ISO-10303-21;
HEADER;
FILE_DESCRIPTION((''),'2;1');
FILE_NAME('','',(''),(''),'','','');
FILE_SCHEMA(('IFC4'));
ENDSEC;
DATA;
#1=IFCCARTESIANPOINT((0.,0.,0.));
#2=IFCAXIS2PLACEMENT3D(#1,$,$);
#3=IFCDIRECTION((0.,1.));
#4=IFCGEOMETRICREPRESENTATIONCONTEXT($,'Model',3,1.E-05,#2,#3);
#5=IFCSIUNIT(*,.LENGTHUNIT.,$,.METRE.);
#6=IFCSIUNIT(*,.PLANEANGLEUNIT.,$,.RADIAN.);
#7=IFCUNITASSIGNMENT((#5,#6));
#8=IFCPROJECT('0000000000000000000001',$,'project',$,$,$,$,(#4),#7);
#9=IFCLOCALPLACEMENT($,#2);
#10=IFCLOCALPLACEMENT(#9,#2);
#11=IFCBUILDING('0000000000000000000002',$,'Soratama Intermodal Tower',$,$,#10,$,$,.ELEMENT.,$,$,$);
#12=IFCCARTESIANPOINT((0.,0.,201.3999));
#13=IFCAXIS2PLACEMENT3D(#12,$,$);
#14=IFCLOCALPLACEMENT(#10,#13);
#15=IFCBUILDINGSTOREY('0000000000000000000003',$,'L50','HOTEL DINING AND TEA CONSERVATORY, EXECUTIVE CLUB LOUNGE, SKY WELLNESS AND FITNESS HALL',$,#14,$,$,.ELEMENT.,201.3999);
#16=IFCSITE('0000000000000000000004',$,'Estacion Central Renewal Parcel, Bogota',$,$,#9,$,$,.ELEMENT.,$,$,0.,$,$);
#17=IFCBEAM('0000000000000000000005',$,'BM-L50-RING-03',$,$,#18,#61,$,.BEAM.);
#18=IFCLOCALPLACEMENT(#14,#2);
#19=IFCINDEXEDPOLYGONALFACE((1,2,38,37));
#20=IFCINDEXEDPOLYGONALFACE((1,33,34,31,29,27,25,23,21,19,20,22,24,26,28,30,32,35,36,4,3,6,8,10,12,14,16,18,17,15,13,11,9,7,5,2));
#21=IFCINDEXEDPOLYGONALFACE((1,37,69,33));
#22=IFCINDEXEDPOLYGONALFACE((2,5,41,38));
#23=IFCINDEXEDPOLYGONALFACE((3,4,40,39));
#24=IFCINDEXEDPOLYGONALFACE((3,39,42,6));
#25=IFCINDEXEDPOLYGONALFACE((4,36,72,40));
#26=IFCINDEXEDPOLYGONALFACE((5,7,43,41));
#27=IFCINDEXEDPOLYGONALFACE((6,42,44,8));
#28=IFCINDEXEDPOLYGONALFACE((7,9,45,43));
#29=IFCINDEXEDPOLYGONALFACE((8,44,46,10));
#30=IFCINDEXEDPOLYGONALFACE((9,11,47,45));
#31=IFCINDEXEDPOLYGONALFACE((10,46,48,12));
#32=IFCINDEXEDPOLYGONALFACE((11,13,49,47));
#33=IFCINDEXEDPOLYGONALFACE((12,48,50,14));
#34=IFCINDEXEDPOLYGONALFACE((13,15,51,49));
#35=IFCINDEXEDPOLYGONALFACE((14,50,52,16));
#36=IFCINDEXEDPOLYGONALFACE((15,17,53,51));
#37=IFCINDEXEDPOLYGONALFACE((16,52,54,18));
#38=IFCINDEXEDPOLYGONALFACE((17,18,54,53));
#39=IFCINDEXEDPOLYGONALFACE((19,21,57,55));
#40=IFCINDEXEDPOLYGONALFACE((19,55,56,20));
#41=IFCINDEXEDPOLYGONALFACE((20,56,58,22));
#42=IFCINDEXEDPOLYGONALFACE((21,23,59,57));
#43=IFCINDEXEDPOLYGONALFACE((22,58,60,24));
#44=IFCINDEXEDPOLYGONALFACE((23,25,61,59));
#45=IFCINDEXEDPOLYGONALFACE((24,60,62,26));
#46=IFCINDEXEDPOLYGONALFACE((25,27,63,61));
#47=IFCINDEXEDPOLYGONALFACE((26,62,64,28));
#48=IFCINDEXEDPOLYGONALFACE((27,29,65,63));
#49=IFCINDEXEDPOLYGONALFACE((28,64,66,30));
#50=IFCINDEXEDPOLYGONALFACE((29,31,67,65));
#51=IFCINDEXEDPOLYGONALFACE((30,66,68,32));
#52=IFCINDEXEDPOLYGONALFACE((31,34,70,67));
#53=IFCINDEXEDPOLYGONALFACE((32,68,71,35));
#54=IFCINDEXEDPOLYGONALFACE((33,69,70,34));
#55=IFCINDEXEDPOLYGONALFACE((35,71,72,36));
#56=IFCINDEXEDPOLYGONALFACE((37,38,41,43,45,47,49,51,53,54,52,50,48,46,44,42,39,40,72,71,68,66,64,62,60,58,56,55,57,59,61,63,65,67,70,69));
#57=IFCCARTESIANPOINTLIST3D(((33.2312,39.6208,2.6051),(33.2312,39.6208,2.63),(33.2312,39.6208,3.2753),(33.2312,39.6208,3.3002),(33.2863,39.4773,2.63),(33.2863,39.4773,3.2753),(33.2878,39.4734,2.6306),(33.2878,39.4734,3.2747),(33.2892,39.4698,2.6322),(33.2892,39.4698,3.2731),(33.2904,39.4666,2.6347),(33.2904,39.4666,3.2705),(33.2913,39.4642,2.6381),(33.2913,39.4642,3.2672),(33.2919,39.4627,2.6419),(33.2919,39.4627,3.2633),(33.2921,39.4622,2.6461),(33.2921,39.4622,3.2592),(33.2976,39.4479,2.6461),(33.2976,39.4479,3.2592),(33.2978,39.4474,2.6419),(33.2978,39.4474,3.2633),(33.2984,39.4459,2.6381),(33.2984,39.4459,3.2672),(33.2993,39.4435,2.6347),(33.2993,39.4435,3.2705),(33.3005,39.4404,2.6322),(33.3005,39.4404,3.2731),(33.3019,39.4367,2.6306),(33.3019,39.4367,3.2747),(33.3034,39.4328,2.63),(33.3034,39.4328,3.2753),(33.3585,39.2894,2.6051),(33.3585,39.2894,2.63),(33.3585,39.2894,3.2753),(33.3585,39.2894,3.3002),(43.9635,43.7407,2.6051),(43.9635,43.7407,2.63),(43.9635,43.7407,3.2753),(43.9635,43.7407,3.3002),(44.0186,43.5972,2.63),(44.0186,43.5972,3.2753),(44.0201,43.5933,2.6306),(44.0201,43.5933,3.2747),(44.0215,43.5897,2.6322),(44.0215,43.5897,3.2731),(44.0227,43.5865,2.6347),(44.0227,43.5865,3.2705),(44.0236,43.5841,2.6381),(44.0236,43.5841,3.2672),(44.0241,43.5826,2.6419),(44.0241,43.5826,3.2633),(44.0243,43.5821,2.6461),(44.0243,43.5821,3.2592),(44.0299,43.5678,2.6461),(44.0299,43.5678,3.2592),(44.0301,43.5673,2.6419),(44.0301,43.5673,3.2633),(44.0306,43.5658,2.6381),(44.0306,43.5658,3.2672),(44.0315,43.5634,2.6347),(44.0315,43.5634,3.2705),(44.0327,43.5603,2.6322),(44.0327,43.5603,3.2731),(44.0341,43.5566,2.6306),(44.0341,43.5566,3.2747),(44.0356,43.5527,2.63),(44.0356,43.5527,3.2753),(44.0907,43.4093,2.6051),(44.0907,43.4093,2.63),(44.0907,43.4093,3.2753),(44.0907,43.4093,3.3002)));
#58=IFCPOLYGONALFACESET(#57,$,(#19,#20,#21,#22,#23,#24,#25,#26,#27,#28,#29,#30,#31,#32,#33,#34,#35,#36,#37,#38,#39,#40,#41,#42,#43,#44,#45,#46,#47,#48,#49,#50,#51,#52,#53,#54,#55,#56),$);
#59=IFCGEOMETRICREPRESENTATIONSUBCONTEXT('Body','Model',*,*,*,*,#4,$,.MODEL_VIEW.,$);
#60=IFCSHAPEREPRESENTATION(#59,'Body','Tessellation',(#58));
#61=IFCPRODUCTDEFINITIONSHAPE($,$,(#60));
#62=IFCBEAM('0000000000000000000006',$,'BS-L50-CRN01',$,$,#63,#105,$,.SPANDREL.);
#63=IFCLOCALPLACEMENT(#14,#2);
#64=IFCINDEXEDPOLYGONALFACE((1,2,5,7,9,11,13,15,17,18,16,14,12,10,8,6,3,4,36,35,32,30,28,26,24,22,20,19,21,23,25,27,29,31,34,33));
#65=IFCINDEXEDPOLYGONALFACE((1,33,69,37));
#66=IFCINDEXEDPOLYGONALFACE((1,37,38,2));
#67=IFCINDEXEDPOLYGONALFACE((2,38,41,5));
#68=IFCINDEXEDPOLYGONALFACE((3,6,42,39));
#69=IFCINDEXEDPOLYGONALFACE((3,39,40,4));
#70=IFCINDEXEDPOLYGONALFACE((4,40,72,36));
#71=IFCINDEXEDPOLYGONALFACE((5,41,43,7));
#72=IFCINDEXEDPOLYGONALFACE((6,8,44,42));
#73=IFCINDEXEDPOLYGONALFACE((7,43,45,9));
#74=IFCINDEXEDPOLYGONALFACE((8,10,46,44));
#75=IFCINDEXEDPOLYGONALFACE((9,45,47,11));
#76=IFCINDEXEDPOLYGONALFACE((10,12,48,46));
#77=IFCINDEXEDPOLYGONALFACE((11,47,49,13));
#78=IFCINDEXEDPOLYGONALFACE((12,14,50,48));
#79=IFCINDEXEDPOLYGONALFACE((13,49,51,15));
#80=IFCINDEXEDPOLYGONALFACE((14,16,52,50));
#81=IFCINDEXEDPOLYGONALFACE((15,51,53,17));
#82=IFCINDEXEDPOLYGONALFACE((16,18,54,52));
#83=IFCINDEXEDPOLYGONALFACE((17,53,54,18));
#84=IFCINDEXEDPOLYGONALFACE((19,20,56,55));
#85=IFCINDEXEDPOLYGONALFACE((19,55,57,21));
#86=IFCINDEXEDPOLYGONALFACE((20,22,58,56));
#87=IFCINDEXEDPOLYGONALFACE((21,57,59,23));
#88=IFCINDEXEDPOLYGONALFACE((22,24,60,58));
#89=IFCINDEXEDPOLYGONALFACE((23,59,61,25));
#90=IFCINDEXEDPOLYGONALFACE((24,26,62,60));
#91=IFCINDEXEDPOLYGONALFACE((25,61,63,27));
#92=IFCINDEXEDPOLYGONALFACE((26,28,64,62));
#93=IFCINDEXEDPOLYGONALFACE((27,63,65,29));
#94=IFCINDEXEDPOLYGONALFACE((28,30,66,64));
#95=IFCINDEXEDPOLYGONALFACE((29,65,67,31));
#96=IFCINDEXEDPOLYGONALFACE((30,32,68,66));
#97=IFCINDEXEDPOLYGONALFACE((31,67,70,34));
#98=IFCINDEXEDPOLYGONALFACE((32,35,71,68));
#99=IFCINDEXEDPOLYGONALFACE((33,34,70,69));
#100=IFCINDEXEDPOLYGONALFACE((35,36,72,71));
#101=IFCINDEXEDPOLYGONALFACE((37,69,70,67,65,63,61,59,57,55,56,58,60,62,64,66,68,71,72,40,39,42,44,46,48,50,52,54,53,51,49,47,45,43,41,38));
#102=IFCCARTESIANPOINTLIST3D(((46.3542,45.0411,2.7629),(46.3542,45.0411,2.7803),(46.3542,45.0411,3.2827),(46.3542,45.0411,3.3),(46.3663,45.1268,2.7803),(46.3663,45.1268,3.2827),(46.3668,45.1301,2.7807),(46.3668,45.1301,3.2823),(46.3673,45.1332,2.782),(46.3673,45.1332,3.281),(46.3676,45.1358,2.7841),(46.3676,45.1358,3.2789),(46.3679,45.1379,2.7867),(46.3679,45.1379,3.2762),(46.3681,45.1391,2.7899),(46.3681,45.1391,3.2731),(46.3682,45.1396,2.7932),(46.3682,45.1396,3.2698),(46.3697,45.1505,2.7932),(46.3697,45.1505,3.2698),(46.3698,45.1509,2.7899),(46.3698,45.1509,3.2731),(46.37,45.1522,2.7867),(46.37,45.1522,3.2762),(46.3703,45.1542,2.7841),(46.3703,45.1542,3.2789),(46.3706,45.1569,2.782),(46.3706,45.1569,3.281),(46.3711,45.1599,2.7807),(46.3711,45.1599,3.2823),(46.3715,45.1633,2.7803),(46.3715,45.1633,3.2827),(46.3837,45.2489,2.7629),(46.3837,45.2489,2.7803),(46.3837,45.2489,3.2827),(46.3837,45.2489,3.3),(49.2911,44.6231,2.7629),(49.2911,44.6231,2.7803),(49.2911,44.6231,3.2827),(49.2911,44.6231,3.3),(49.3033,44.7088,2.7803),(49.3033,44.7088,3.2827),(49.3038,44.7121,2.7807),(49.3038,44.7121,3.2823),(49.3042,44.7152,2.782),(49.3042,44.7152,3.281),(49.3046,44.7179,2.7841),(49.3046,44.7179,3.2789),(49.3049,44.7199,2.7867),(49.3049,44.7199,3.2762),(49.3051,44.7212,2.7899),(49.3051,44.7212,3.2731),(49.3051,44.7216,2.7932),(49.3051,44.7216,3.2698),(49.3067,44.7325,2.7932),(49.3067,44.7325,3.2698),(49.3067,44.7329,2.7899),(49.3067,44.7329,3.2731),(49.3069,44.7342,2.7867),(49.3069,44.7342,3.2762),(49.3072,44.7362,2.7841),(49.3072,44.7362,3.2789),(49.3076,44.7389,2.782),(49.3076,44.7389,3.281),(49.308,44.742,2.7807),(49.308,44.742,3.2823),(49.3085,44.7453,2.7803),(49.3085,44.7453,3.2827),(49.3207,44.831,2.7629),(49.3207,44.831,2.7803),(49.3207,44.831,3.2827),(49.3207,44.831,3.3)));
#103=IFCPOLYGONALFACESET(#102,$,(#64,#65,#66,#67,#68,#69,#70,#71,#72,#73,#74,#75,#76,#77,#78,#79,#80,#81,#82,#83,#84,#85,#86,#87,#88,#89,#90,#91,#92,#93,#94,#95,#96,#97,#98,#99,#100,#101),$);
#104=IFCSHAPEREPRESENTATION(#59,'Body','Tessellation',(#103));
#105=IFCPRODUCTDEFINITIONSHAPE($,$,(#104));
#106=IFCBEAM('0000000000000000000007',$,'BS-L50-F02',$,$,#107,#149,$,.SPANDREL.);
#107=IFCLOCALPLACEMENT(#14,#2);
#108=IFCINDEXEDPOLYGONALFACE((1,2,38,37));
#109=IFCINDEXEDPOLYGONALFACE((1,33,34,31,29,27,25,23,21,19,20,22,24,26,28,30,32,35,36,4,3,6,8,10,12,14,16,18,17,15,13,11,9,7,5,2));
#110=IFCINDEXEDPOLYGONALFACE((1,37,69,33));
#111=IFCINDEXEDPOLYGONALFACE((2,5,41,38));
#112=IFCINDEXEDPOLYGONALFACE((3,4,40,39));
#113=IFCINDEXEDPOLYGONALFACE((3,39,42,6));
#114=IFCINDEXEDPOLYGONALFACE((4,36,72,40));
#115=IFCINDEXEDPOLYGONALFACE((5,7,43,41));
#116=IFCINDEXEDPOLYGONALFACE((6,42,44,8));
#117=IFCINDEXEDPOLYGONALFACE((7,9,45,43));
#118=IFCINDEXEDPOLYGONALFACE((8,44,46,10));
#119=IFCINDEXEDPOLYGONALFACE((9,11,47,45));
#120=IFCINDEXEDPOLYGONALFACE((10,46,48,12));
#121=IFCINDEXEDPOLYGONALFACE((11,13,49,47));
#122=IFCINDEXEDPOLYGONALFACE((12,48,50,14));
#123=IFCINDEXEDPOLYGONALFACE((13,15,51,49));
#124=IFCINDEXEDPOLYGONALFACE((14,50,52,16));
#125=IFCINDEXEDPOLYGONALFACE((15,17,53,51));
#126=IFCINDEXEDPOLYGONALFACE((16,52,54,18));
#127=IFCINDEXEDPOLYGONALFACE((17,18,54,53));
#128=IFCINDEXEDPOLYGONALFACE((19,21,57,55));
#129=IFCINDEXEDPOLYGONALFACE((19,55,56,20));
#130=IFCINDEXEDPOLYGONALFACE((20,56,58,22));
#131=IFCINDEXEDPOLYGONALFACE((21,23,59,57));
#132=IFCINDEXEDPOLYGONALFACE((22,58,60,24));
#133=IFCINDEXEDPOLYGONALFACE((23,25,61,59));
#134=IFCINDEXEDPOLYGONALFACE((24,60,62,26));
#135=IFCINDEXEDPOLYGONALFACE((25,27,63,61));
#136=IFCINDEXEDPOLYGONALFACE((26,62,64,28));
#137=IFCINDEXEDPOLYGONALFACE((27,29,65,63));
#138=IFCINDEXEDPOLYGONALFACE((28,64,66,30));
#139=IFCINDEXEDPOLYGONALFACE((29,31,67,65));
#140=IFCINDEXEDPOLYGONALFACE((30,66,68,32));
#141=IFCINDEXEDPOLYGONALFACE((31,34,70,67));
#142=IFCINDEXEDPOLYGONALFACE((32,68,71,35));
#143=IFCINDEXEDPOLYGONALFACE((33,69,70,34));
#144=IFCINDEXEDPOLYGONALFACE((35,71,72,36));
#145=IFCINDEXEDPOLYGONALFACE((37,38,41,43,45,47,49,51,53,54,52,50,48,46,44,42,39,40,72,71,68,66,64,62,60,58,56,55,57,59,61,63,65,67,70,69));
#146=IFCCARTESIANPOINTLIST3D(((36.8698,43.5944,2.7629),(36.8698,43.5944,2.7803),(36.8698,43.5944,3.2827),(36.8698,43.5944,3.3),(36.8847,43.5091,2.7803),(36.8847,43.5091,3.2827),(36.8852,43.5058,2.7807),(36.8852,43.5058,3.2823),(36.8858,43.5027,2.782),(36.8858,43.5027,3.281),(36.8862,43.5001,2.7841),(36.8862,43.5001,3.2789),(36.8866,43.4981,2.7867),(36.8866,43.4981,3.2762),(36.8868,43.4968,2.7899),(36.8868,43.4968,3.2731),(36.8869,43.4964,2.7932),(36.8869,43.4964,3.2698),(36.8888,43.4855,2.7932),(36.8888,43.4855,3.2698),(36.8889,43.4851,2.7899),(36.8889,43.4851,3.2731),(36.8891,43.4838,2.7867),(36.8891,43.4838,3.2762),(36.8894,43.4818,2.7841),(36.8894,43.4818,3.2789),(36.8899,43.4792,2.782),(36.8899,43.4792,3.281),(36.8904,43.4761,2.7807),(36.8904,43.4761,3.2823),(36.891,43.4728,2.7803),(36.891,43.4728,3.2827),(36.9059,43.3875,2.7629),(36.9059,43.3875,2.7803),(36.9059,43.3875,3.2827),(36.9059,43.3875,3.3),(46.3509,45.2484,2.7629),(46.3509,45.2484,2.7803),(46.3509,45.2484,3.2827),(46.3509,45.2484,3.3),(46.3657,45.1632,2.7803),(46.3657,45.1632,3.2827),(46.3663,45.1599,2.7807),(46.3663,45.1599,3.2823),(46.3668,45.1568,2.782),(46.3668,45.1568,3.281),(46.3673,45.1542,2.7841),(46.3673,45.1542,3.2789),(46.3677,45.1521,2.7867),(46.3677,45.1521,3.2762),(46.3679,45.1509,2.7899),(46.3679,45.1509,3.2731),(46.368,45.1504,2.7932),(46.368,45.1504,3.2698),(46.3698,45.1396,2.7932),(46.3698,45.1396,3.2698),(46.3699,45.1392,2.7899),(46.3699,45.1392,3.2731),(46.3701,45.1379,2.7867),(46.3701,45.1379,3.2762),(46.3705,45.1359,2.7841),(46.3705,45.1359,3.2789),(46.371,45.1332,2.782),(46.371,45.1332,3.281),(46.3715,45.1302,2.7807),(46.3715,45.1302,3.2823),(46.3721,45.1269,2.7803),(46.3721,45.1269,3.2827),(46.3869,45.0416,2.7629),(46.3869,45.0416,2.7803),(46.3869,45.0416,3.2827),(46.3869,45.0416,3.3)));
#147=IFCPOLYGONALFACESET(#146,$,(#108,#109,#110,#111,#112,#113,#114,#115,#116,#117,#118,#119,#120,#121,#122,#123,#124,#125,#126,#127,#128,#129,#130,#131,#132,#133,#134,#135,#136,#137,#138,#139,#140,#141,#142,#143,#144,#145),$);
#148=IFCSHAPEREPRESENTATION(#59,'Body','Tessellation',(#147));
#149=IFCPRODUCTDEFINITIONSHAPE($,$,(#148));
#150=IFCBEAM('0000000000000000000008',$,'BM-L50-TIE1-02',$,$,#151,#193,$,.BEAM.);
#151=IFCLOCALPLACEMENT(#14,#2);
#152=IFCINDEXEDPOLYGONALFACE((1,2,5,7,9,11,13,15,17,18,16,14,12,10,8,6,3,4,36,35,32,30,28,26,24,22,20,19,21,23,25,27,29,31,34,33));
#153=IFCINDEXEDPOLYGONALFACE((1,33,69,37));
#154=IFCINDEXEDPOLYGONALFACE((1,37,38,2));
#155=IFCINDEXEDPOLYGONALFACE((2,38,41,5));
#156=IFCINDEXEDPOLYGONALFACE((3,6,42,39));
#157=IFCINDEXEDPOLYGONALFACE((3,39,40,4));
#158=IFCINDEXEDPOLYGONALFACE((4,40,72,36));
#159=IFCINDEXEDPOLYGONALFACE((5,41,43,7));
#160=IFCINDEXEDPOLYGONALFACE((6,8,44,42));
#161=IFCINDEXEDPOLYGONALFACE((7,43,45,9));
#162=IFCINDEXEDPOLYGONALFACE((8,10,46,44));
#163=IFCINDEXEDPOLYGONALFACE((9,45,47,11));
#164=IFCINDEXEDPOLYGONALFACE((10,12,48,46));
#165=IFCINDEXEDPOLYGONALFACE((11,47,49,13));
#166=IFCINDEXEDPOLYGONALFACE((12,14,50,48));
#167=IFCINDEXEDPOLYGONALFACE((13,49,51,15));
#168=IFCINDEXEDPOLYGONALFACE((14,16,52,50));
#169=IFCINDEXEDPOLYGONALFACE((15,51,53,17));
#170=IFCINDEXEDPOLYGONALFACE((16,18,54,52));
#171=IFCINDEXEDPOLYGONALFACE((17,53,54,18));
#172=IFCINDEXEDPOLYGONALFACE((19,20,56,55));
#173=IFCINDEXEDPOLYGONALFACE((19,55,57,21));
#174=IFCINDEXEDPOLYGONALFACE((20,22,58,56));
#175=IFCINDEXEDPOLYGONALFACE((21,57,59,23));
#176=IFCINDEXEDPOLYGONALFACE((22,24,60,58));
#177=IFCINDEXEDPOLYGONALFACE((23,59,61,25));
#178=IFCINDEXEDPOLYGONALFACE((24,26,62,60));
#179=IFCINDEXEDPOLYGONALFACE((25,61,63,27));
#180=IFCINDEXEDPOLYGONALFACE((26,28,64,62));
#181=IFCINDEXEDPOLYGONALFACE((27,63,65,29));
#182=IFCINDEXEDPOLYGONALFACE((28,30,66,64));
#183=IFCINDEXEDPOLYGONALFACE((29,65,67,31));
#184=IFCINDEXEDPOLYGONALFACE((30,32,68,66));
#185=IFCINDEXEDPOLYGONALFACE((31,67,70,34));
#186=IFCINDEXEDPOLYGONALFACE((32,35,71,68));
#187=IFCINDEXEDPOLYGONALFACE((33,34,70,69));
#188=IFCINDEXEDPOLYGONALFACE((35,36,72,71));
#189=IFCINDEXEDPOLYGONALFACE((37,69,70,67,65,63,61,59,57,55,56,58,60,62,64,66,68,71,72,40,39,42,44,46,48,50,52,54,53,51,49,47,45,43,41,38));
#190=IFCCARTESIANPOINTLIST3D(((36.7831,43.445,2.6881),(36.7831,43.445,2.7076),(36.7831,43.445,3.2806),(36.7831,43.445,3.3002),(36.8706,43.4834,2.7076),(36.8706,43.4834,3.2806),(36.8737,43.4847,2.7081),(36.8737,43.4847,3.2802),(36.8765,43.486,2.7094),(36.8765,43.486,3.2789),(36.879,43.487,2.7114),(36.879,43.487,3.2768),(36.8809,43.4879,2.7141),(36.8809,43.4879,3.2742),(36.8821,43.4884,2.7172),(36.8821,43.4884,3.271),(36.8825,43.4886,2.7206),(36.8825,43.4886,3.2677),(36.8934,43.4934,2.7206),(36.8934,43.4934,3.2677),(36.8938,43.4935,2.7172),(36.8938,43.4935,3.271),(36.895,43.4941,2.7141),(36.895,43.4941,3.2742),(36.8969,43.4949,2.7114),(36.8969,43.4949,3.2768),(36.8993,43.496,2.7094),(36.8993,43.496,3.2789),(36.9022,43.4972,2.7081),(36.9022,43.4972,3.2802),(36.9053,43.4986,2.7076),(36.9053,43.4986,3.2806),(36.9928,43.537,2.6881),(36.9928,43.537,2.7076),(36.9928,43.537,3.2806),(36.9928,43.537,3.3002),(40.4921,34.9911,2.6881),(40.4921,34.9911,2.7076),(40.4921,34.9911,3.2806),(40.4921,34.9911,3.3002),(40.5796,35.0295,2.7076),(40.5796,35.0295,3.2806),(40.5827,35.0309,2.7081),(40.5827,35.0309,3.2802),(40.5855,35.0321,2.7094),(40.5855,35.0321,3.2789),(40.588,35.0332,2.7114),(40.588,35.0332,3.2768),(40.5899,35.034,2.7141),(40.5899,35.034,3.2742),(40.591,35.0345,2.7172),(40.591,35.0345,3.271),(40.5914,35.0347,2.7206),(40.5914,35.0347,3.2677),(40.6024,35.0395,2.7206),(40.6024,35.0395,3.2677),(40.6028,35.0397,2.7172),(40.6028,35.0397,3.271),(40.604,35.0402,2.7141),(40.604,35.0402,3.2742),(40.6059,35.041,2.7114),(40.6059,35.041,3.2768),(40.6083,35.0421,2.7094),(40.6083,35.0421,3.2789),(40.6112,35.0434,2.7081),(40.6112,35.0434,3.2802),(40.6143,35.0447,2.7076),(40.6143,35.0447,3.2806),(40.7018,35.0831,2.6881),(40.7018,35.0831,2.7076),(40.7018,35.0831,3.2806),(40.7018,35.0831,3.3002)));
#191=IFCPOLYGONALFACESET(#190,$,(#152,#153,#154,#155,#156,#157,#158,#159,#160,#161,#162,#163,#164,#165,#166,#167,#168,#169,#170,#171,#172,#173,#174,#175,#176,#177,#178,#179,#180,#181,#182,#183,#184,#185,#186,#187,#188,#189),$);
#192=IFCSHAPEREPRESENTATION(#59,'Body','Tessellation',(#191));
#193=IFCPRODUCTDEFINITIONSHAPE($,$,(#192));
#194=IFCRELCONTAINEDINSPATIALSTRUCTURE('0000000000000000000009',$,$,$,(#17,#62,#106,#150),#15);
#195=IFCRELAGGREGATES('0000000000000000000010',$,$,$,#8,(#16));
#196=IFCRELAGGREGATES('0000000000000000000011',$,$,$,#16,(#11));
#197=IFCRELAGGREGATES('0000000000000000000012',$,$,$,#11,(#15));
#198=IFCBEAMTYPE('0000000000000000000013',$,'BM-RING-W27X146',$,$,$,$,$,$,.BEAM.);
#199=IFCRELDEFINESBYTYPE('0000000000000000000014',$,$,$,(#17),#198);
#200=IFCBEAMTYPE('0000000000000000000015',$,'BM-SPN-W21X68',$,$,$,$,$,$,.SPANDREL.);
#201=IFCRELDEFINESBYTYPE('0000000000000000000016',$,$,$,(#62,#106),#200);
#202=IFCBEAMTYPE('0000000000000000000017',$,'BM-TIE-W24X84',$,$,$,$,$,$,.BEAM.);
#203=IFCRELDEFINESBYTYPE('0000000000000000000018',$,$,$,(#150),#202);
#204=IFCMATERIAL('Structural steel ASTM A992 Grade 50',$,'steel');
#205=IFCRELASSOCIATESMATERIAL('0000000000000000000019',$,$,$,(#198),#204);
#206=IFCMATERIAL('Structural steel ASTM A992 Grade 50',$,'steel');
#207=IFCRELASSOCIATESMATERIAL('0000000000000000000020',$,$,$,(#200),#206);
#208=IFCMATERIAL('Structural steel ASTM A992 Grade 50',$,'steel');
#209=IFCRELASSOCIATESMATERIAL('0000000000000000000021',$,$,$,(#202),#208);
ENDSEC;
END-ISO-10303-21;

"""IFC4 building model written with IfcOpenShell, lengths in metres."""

from ifc_helpers import new_model, si_unit, direction, frame, origin, origin_2d, place, context, subcontext, project, spatial, i_section, extrude, material, material_profile, profile_set, type_object, element, save


model = new_model("IFC4")

# Units and contexts
model_context = context("Model", 3, precision=1e-05, world=origin(), true_north=direction((0.0, 1.0)))
body_context = subcontext(model_context, "Body", "Model", "MODEL_VIEW")
ifc_project = project(units=[si_unit("LENGTHUNIT", "METRE"), si_unit("PLANEANGLEUNIT", "RADIAN")], contexts=[model_context])

# Site, building, storey
site_placement = place(None, origin())
site = spatial("IfcSite", under=ifc_project, at=site_placement, Name="Estacion Central Renewal Parcel, Bogota", CompositionType="ELEMENT", RefElevation=0.0)
building_placement = place(site_placement, origin())
building = spatial("IfcBuilding", under=site, at=building_placement, Name="Soratama Intermodal Tower", CompositionType="ELEMENT")
storey_placement = place(building_placement, frame((0.0, 0.0, 201.3999)))
storey = spatial("IfcBuildingStorey", under=building, at=storey_placement, Name="L50", Description="HOTEL DINING AND TEA CONSERVATORY, EXECUTIVE CLUB LOUNGE, SKY WELLNESS AND FITNESS HALL", CompositionType="ELEMENT", Elevation=201.3999)

# Beams
ifc_material_1 = material(Name="Structural steel ASTM A992 Grade 50", Category="steel")
ifc_material_profile_1 = material_profile(ifc_material_1, i_section(OverallWidth=0.355, OverallDepth=0.6951, WebThickness=0.0154, FlangeThickness=0.0249, FilletRadius=0.0161, at=origin_2d()), Name="W27X146")
ifc_profile_set_1 = profile_set([ifc_material_profile_1], Name="Structural steel ASTM A992 Grade 50")
beam_type_1 = type_object("IfcBeamType", Name="BM-RING-W27X146", PredefinedType="BEAM", material=ifc_profile_set_1)
beam_1_placement = place(storey_placement, frame((44.0271, 43.575, 2.9526), z_axis=(-0.933575, -0.358381, 0.0), x_axis=(0.358381, -0.933575, 0.0)))
element("IfcBeam", 1, at=beam_1_placement, inside=storey, type_object=beam_type_1, Name="BM-L50-RING-03", PredefinedType="BEAM", context=body_context, shape_type="SweptSolid", body=[
    extrude(i_section(OverallWidth=0.355, OverallDepth=0.6951, WebThickness=0.0154, FlangeThickness=0.0249, FilletRadius=0.0161, at=origin_2d()), origin(), (0.0, 0.0, 1.0), 11.4958),
])
ifc_material_2 = material(Name="Structural steel ASTM A992 Grade 50", Category="steel")
ifc_material_profile_2 = material_profile(ifc_material_2, i_section(OverallWidth=0.21, OverallDepth=0.5371, WebThickness=0.011, FlangeThickness=0.0173, FilletRadius=0.0129, at=origin_2d()), Name="W21X68")
ifc_profile_set_2 = profile_set([ifc_material_profile_2], Name="Structural steel ASTM A992 Grade 50")
beam_type_2 = type_object("IfcBeamType", Name="BM-SPN-W21X68", PredefinedType="SPANDREL", material=ifc_profile_set_2)
beam_2_placement = place(storey_placement, frame((49.3059, 44.7271, 3.0315), z_axis=(-0.990025, 0.140891, 0.0), x_axis=(-0.140891, -0.990025, 0.0)))
element("IfcBeam", 2, at=beam_2_placement, inside=storey, type_object=beam_type_2, Name="BS-L50-CRN01", PredefinedType="SPANDREL", context=body_context, shape_type="SweptSolid", body=[
    extrude(i_section(OverallWidth=0.21, OverallDepth=0.5371, WebThickness=0.011, FlangeThickness=0.0173, FilletRadius=0.0129, at=origin_2d()), origin(), (0.0, 0.0, 1.0), 2.9666),
])
beam_3_placement = place(storey_placement, frame((46.3689, 45.145, 3.0315), z_axis=(-0.985121, -0.171865, 0.0), x_axis=(0.171865, -0.985121, 0.0)))
element("IfcBeam", 3, at=beam_3_placement, inside=storey, type_object=beam_type_2, Name="BS-L50-F02", PredefinedType="SPANDREL", context=body_context, shape_type="SweptSolid", body=[
    extrude(i_section(OverallWidth=0.21, OverallDepth=0.5371, WebThickness=0.011, FlangeThickness=0.0173, FilletRadius=0.0129, at=origin_2d()), origin(), (0.0, 0.0, 1.0), 9.6243),
])
ifc_material_3 = material(Name="Structural steel ASTM A992 Grade 50", Category="steel")
ifc_material_profile_3 = material_profile(ifc_material_3, i_section(OverallWidth=0.229, OverallDepth=0.6121, WebThickness=0.012, FlangeThickness=0.0195, FilletRadius=0.0129, at=origin_2d()), Name="W24X84")
ifc_profile_set_3 = profile_set([ifc_material_profile_3], Name="Structural steel ASTM A992 Grade 50")
beam_type_3 = type_object("IfcBeamType", Name="BM-TIE-W24X84", PredefinedType="BEAM", material=ifc_profile_set_3)
beam_4_placement = place(storey_placement, frame((40.5969, 35.0371, 2.9941), z_axis=(-0.401766, 0.915742, 0.0), x_axis=(-0.915742, -0.401766, 0.0)))
element("IfcBeam", 4, at=beam_4_placement, inside=storey, type_object=beam_type_3, Name="BM-L50-TIE1-02", PredefinedType="BEAM", context=body_context, shape_type="SweptSolid", body=[
    extrude(i_section(OverallWidth=0.229, OverallDepth=0.6121, WebThickness=0.012, FlangeThickness=0.0195, FilletRadius=0.0129, at=origin_2d()), origin(), (0.0, 0.0, 1.0), 9.2317),
])

save(model, "model.ifc")
